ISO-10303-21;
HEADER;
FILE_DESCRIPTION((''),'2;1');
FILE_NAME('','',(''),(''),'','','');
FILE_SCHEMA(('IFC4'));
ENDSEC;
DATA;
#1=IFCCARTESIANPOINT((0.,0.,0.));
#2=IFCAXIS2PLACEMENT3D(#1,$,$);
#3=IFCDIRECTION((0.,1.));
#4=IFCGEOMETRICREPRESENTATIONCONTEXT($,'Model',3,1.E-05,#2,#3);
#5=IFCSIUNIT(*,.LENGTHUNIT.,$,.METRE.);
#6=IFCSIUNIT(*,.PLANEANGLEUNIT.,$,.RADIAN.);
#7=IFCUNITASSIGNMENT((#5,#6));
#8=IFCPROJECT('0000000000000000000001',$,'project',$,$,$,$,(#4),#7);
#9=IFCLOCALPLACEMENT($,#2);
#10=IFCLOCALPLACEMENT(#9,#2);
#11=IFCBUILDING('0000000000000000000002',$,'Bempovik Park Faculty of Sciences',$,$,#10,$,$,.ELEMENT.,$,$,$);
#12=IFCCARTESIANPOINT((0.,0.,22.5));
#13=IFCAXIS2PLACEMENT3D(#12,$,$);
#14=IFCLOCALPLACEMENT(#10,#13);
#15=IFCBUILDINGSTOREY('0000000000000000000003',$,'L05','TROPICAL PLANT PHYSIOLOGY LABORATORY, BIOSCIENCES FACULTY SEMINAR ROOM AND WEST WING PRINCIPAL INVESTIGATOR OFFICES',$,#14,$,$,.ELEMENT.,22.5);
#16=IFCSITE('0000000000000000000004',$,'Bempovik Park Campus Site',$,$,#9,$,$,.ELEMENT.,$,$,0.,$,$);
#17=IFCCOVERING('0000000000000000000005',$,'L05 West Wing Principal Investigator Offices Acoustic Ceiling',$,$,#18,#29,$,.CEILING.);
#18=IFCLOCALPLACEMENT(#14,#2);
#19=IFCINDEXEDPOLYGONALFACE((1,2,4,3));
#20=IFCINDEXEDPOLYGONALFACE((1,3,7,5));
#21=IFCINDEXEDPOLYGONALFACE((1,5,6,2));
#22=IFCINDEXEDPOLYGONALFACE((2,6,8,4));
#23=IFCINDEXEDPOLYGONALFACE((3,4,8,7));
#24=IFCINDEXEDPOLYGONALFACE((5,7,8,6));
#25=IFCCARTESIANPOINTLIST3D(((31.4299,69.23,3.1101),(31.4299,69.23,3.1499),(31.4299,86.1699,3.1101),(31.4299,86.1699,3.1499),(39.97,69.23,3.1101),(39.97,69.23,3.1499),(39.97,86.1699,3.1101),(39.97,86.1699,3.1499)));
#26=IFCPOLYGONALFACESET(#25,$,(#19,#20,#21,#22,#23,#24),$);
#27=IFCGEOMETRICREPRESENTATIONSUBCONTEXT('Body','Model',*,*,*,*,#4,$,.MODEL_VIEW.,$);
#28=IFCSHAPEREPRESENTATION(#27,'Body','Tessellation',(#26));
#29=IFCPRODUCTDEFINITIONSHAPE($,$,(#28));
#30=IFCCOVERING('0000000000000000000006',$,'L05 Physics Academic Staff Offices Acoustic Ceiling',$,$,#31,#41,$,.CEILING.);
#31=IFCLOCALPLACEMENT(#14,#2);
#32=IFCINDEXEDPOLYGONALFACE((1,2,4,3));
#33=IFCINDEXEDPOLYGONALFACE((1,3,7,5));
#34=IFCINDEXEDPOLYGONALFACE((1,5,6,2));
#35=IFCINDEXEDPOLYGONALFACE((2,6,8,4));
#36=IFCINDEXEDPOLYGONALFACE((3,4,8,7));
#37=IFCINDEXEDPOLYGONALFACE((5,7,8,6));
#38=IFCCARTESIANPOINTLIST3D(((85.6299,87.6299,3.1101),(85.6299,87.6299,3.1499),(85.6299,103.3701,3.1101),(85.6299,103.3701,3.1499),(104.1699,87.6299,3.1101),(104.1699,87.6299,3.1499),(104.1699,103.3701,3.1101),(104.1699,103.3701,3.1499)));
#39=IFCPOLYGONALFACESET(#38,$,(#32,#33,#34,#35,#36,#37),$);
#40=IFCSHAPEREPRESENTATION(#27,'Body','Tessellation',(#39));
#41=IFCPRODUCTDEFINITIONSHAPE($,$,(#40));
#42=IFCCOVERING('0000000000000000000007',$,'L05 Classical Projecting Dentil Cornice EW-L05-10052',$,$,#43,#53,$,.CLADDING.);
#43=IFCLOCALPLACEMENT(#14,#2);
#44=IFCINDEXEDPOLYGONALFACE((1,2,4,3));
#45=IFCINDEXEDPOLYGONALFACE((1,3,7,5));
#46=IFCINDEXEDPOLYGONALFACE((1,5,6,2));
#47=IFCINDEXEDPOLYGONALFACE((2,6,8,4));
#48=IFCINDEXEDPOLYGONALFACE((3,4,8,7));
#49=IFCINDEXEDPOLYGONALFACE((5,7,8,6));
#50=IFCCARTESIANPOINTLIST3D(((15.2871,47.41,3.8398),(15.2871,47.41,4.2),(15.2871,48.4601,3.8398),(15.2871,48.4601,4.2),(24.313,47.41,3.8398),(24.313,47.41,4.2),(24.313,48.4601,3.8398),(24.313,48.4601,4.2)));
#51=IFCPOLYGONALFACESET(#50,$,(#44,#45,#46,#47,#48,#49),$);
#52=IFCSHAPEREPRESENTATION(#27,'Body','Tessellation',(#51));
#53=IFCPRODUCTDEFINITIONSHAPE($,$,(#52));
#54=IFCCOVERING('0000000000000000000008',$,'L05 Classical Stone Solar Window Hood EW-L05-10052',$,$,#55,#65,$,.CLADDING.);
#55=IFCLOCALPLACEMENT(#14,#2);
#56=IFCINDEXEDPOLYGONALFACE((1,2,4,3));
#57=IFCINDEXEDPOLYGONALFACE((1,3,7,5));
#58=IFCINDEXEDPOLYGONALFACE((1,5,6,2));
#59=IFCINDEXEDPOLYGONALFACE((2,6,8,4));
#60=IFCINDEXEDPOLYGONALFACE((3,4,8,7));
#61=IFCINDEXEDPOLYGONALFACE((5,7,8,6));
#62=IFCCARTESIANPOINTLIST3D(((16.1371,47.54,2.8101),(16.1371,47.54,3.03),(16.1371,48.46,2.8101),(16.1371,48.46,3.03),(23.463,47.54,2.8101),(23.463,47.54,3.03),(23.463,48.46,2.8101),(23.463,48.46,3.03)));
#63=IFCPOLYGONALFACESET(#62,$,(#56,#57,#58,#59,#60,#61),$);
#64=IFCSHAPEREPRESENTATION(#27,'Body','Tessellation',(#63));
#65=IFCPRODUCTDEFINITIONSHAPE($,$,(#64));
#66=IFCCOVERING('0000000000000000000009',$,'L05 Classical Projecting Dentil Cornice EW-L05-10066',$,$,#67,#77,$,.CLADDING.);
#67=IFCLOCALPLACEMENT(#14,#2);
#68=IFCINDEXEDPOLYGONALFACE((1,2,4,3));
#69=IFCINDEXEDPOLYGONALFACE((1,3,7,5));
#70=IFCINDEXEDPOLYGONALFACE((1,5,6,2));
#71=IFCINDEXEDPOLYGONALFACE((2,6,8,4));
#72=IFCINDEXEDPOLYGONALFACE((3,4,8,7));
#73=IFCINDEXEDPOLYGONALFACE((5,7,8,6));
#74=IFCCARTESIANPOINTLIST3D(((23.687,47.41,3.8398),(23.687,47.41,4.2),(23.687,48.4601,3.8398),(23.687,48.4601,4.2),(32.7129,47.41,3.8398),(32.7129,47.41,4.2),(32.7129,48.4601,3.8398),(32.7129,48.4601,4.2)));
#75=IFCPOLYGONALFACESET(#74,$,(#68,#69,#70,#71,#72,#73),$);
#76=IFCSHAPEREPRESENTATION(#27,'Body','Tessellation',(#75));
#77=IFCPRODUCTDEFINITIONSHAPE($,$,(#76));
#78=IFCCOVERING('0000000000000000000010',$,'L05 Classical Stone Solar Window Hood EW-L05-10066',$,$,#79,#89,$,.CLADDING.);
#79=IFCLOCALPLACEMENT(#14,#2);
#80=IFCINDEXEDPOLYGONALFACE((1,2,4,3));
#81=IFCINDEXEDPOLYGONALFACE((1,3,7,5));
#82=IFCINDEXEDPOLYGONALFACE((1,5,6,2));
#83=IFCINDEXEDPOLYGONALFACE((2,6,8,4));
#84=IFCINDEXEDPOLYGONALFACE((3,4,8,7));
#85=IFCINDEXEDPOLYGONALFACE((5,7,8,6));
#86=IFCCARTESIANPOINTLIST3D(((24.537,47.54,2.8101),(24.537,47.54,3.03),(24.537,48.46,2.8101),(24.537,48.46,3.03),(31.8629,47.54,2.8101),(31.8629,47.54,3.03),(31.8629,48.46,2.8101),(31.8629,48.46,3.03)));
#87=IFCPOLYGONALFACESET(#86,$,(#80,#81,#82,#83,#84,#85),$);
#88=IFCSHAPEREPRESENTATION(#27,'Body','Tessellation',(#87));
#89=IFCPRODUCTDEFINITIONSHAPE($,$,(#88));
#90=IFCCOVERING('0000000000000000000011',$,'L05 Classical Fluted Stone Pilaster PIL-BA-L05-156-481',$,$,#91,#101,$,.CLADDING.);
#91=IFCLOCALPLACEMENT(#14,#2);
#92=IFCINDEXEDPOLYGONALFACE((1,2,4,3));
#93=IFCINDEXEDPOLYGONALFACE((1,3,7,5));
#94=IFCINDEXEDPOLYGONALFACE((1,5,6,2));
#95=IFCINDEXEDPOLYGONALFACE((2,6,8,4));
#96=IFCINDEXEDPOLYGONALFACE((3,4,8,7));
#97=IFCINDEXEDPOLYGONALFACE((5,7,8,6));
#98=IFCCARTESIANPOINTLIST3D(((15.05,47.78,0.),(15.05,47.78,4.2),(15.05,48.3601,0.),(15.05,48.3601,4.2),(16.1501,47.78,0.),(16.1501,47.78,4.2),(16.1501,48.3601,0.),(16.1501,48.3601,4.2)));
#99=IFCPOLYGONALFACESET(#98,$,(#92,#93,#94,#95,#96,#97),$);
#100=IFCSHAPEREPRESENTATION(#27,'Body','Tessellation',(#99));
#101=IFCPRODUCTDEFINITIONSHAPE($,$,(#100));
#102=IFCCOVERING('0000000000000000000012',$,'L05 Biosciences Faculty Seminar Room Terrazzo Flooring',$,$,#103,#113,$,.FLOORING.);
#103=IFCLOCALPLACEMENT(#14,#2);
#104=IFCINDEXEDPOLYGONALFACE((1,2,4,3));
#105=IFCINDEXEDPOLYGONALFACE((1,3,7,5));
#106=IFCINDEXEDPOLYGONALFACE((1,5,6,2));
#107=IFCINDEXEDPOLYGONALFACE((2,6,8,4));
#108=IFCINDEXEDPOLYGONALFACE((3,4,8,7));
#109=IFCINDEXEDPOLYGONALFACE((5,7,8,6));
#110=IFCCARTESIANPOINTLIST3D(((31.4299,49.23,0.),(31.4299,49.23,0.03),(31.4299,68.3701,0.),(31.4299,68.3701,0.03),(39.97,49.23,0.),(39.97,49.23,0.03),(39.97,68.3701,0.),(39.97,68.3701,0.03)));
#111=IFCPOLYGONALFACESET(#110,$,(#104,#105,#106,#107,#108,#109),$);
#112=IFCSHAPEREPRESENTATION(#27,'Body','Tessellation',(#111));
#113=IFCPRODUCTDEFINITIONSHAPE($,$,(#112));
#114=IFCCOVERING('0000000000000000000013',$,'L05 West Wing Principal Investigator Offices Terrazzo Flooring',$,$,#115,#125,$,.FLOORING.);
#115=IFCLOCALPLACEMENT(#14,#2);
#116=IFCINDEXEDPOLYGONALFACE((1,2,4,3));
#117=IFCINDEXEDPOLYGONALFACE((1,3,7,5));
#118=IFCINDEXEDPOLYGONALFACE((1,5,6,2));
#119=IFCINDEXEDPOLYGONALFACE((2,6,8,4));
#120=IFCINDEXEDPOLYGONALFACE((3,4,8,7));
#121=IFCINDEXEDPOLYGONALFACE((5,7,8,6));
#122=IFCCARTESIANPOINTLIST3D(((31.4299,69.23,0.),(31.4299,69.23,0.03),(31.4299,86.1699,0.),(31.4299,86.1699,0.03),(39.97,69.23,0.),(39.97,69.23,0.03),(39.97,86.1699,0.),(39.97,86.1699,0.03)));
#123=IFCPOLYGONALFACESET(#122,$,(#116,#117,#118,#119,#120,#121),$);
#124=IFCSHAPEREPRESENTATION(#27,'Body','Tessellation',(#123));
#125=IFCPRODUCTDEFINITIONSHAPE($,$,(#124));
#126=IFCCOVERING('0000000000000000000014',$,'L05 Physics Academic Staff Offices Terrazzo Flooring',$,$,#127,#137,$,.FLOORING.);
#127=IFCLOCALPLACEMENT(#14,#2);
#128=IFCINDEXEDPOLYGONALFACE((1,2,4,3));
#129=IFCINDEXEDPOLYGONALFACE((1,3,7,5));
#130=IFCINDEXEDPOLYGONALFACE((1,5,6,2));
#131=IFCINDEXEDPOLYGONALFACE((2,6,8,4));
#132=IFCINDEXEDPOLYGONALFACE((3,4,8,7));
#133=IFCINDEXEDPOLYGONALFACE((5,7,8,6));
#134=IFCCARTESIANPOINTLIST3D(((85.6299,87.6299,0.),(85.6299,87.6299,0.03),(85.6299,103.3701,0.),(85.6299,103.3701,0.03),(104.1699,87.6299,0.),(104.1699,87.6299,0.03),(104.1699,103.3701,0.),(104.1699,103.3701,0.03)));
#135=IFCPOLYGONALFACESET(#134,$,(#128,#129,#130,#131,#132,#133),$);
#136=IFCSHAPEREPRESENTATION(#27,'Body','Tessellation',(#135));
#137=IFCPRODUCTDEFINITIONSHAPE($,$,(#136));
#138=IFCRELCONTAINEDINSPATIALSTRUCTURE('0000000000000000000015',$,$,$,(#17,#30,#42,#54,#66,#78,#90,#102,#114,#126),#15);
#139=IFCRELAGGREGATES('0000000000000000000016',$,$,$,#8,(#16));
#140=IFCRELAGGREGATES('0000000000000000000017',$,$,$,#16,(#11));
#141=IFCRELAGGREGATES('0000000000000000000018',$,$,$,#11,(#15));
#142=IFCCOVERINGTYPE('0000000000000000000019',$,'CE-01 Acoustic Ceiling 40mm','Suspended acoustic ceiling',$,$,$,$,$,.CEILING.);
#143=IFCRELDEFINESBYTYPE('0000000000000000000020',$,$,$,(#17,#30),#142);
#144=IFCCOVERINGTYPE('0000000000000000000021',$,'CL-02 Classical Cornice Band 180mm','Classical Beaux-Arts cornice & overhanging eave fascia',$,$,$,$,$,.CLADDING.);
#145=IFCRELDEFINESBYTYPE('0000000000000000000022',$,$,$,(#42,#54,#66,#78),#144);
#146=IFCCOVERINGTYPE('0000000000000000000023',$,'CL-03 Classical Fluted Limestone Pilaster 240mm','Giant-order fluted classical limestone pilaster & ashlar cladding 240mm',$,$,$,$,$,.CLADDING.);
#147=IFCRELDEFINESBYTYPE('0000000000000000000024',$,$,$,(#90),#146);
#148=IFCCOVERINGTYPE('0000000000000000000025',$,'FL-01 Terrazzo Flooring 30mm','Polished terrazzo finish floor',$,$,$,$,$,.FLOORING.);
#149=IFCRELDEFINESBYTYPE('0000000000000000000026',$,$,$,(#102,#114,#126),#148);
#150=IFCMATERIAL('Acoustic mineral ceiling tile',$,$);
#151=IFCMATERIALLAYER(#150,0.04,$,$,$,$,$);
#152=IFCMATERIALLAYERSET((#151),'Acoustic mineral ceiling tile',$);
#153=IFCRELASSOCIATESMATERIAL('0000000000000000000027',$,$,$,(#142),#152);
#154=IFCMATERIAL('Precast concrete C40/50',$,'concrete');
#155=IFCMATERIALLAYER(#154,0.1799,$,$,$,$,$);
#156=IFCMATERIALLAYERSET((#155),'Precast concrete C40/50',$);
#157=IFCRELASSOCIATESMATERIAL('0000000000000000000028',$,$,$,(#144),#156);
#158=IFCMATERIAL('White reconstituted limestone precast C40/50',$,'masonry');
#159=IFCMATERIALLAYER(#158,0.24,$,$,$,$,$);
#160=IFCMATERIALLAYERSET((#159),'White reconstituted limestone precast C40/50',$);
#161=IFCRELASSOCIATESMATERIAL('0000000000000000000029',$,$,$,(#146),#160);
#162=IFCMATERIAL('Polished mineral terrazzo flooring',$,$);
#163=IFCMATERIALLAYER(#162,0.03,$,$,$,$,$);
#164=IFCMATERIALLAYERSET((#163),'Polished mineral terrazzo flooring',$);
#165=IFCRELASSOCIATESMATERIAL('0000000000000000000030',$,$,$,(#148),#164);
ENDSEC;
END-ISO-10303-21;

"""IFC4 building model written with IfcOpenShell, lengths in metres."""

from ifc_helpers import new_model, si_unit, direction, frame, origin, origin_2d, place, context, subcontext, project, spatial, polyline, rectangle, outline, extrude, material, layer, layer_set, type_object, element, save


model = new_model("IFC4")

# Units and contexts
model_context = context("Model", 3, precision=1e-05, world=origin(), true_north=direction((0.0, 1.0)))
body_context = subcontext(model_context, "Body", "Model", "MODEL_VIEW")
ifc_project = project(units=[si_unit("LENGTHUNIT", "METRE"), si_unit("PLANEANGLEUNIT", "RADIAN")], contexts=[model_context])

# Site, building, storey
site_placement = place(None, origin())
site = spatial("IfcSite", under=ifc_project, at=site_placement, Name="Bempovik Park Campus Site", CompositionType="ELEMENT", RefElevation=0.0)
building_placement = place(site_placement, origin())
building = spatial("IfcBuilding", under=site, at=building_placement, Name="Bempovik Park Faculty of Sciences", CompositionType="ELEMENT")
storey_placement = place(building_placement, frame((0.0, 0.0, 22.5)))
storey = spatial("IfcBuildingStorey", under=building, at=storey_placement, Name="L05", Description="TROPICAL PLANT PHYSIOLOGY LABORATORY, BIOSCIENCES FACULTY SEMINAR ROOM AND WEST WING PRINCIPAL INVESTIGATOR OFFICES", CompositionType="ELEMENT", Elevation=22.5)

# Coverings
ifc_material_1 = material(Name="Acoustic mineral ceiling tile")
ifc_layer_1 = layer(ifc_material_1, 0.04)
ifc_layer_set_1 = layer_set([ifc_layer_1], Name="Acoustic mineral ceiling tile")
covering_type_1 = type_object("IfcCoveringType", Name="CE-01 Acoustic Ceiling 40mm", Description="Suspended acoustic ceiling", PredefinedType="CEILING", material=ifc_layer_set_1)
covering_1_placement = place(storey_placement, frame((0.0, 0.0, 3.1101)))
element("IfcCovering", 1, at=covering_1_placement, inside=storey, type_object=covering_type_1, Name="L05 West Wing Principal Investigator Offices Acoustic Ceiling", PredefinedType="CEILING", context=body_context, shape_type="SweptSolid", body=[
    extrude(outline(polyline([(31.4299, 69.23), (39.97, 69.23), (39.97, 86.1699), (31.4299, 86.1699), (31.4299, 69.23)])), origin(), (0.0, 0.0, 1.0), 0.0398),
])
covering_2_placement = place(storey_placement, frame((0.0, 0.0, 3.1101)))
element("IfcCovering", 2, at=covering_2_placement, inside=storey, type_object=covering_type_1, Name="L05 Physics Academic Staff Offices Acoustic Ceiling", PredefinedType="CEILING", context=body_context, shape_type="SweptSolid", body=[
    extrude(outline(polyline([(85.6299, 87.6299), (104.1699, 87.6299), (104.1699, 103.3701), (85.6299, 103.3701), (85.6299, 87.6299)])), origin(), (0.0, 0.0, 1.0), 0.0398),
])
ifc_material_2 = material(Name="Precast concrete C40/50", Category="concrete")
ifc_layer_2 = layer(ifc_material_2, 0.1799)
ifc_layer_set_2 = layer_set([ifc_layer_2], Name="Precast concrete C40/50")
covering_type_2 = type_object("IfcCoveringType", Name="CL-02 Classical Cornice Band 180mm", Description="Classical Beaux-Arts cornice & overhanging eave fascia", PredefinedType="CLADDING", material=ifc_layer_set_2)
covering_3_placement = place(storey_placement, frame((19.8, 47.9351, 3.8398), z_axis=(0.0, 0.0, 1.0), x_axis=(1.0, 0.0, 0.0)))
element("IfcCovering", 3, at=covering_3_placement, inside=storey, type_object=covering_type_2, Name="L05 Classical Projecting Dentil Cornice EW-L05-10052", PredefinedType="CLADDING", context=body_context, shape_type="SweptSolid", body=[
    extrude(rectangle(XDim=9.0259, YDim=1.05, at=origin_2d()), origin(), (0.0, 0.0, 1.0), 0.3601),
])
covering_4_placement = place(storey_placement, frame((19.8, 48.0, 2.8101), z_axis=(0.0, 0.0, 1.0), x_axis=(1.0, 0.0, 0.0)))
element("IfcCovering", 4, at=covering_4_placement, inside=storey, type_object=covering_type_2, Name="L05 Classical Stone Solar Window Hood EW-L05-10052", PredefinedType="CLADDING", context=body_context, shape_type="SweptSolid", body=[
    extrude(rectangle(XDim=7.3259, YDim=0.9199, at=origin_2d()), origin(), (0.0, 0.0, 1.0), 0.22),
])
covering_5_placement = place(storey_placement, frame((28.2, 47.9351, 3.8398), z_axis=(0.0, 0.0, 1.0), x_axis=(1.0, 0.0, 0.0)))
element("IfcCovering", 5, at=covering_5_placement, inside=storey, type_object=covering_type_2, Name="L05 Classical Projecting Dentil Cornice EW-L05-10066", PredefinedType="CLADDING", context=body_context, shape_type="SweptSolid", body=[
    extrude(rectangle(XDim=9.0259, YDim=1.05, at=origin_2d()), origin(), (0.0, 0.0, 1.0), 0.3601),
])
covering_6_placement = place(storey_placement, frame((28.2, 48.0, 2.8101), z_axis=(0.0, 0.0, 1.0), x_axis=(1.0, 0.0, 0.0)))
element("IfcCovering", 6, at=covering_6_placement, inside=storey, type_object=covering_type_2, Name="L05 Classical Stone Solar Window Hood EW-L05-10066", PredefinedType="CLADDING", context=body_context, shape_type="SweptSolid", body=[
    extrude(rectangle(XDim=7.3259, YDim=0.9199, at=origin_2d()), origin(), (0.0, 0.0, 1.0), 0.22),
])
ifc_material_3 = material(Name="White reconstituted limestone precast C40/50", Category="masonry")
ifc_layer_3 = layer(ifc_material_3, 0.24)
ifc_layer_set_3 = layer_set([ifc_layer_3], Name="White reconstituted limestone precast C40/50")
covering_type_3 = type_object("IfcCoveringType", Name="CL-03 Classical Fluted Limestone Pilaster 240mm", Description="Giant-order fluted classical limestone pilaster & ashlar cladding 240mm", PredefinedType="CLADDING", material=ifc_layer_set_3)
covering_7_placement = place(storey_placement, frame((15.6001, 48.0701, 0.0), z_axis=(0.0, 0.0, 1.0), x_axis=(1.0, 0.0, 0.0)))
element("IfcCovering", 7, at=covering_7_placement, inside=storey, type_object=covering_type_3, Name="L05 Classical Fluted Stone Pilaster PIL-BA-L05-156-481", PredefinedType="CLADDING", context=body_context, shape_type="SweptSolid", body=[
    extrude(rectangle(XDim=1.1001, YDim=0.5801, at=origin_2d()), origin(), (0.0, 0.0, 1.0), 4.2),
])
ifc_material_4 = material(Name="Polished mineral terrazzo flooring")
ifc_layer_4 = layer(ifc_material_4, 0.03)
ifc_layer_set_4 = layer_set([ifc_layer_4], Name="Polished mineral terrazzo flooring")
covering_type_4 = type_object("IfcCoveringType", Name="FL-01 Terrazzo Flooring 30mm", Description="Polished terrazzo finish floor", PredefinedType="FLOORING", material=ifc_layer_set_4)
covering_8_placement = place(storey_placement, origin())
element("IfcCovering", 8, at=covering_8_placement, inside=storey, type_object=covering_type_4, Name="L05 Biosciences Faculty Seminar Room Terrazzo Flooring", PredefinedType="FLOORING", context=body_context, shape_type="SweptSolid", body=[
    extrude(outline(polyline([(31.4299, 49.23), (39.97, 49.23), (39.97, 68.3701), (31.4299, 68.3701), (31.4299, 49.23)])), origin(), (0.0, 0.0, 1.0), 0.03),
])
covering_9_placement = place(storey_placement, origin())
element("IfcCovering", 9, at=covering_9_placement, inside=storey, type_object=covering_type_4, Name="L05 West Wing Principal Investigator Offices Terrazzo Flooring", PredefinedType="FLOORING", context=body_context, shape_type="SweptSolid", body=[
    extrude(outline(polyline([(31.4299, 69.23), (39.97, 69.23), (39.97, 86.1699), (31.4299, 86.1699), (31.4299, 69.23)])), origin(), (0.0, 0.0, 1.0), 0.03),
])
covering_10_placement = place(storey_placement, origin())
element("IfcCovering", 10, at=covering_10_placement, inside=storey, type_object=covering_type_4, Name="L05 Physics Academic Staff Offices Terrazzo Flooring", PredefinedType="FLOORING", context=body_context, shape_type="SweptSolid", body=[
    extrude(outline(polyline([(85.6299, 87.6299), (104.1699, 87.6299), (104.1699, 103.3701), (85.6299, 103.3701), (85.6299, 87.6299)])), origin(), (0.0, 0.0, 1.0), 0.03),
])

save(model, "model.ifc")
